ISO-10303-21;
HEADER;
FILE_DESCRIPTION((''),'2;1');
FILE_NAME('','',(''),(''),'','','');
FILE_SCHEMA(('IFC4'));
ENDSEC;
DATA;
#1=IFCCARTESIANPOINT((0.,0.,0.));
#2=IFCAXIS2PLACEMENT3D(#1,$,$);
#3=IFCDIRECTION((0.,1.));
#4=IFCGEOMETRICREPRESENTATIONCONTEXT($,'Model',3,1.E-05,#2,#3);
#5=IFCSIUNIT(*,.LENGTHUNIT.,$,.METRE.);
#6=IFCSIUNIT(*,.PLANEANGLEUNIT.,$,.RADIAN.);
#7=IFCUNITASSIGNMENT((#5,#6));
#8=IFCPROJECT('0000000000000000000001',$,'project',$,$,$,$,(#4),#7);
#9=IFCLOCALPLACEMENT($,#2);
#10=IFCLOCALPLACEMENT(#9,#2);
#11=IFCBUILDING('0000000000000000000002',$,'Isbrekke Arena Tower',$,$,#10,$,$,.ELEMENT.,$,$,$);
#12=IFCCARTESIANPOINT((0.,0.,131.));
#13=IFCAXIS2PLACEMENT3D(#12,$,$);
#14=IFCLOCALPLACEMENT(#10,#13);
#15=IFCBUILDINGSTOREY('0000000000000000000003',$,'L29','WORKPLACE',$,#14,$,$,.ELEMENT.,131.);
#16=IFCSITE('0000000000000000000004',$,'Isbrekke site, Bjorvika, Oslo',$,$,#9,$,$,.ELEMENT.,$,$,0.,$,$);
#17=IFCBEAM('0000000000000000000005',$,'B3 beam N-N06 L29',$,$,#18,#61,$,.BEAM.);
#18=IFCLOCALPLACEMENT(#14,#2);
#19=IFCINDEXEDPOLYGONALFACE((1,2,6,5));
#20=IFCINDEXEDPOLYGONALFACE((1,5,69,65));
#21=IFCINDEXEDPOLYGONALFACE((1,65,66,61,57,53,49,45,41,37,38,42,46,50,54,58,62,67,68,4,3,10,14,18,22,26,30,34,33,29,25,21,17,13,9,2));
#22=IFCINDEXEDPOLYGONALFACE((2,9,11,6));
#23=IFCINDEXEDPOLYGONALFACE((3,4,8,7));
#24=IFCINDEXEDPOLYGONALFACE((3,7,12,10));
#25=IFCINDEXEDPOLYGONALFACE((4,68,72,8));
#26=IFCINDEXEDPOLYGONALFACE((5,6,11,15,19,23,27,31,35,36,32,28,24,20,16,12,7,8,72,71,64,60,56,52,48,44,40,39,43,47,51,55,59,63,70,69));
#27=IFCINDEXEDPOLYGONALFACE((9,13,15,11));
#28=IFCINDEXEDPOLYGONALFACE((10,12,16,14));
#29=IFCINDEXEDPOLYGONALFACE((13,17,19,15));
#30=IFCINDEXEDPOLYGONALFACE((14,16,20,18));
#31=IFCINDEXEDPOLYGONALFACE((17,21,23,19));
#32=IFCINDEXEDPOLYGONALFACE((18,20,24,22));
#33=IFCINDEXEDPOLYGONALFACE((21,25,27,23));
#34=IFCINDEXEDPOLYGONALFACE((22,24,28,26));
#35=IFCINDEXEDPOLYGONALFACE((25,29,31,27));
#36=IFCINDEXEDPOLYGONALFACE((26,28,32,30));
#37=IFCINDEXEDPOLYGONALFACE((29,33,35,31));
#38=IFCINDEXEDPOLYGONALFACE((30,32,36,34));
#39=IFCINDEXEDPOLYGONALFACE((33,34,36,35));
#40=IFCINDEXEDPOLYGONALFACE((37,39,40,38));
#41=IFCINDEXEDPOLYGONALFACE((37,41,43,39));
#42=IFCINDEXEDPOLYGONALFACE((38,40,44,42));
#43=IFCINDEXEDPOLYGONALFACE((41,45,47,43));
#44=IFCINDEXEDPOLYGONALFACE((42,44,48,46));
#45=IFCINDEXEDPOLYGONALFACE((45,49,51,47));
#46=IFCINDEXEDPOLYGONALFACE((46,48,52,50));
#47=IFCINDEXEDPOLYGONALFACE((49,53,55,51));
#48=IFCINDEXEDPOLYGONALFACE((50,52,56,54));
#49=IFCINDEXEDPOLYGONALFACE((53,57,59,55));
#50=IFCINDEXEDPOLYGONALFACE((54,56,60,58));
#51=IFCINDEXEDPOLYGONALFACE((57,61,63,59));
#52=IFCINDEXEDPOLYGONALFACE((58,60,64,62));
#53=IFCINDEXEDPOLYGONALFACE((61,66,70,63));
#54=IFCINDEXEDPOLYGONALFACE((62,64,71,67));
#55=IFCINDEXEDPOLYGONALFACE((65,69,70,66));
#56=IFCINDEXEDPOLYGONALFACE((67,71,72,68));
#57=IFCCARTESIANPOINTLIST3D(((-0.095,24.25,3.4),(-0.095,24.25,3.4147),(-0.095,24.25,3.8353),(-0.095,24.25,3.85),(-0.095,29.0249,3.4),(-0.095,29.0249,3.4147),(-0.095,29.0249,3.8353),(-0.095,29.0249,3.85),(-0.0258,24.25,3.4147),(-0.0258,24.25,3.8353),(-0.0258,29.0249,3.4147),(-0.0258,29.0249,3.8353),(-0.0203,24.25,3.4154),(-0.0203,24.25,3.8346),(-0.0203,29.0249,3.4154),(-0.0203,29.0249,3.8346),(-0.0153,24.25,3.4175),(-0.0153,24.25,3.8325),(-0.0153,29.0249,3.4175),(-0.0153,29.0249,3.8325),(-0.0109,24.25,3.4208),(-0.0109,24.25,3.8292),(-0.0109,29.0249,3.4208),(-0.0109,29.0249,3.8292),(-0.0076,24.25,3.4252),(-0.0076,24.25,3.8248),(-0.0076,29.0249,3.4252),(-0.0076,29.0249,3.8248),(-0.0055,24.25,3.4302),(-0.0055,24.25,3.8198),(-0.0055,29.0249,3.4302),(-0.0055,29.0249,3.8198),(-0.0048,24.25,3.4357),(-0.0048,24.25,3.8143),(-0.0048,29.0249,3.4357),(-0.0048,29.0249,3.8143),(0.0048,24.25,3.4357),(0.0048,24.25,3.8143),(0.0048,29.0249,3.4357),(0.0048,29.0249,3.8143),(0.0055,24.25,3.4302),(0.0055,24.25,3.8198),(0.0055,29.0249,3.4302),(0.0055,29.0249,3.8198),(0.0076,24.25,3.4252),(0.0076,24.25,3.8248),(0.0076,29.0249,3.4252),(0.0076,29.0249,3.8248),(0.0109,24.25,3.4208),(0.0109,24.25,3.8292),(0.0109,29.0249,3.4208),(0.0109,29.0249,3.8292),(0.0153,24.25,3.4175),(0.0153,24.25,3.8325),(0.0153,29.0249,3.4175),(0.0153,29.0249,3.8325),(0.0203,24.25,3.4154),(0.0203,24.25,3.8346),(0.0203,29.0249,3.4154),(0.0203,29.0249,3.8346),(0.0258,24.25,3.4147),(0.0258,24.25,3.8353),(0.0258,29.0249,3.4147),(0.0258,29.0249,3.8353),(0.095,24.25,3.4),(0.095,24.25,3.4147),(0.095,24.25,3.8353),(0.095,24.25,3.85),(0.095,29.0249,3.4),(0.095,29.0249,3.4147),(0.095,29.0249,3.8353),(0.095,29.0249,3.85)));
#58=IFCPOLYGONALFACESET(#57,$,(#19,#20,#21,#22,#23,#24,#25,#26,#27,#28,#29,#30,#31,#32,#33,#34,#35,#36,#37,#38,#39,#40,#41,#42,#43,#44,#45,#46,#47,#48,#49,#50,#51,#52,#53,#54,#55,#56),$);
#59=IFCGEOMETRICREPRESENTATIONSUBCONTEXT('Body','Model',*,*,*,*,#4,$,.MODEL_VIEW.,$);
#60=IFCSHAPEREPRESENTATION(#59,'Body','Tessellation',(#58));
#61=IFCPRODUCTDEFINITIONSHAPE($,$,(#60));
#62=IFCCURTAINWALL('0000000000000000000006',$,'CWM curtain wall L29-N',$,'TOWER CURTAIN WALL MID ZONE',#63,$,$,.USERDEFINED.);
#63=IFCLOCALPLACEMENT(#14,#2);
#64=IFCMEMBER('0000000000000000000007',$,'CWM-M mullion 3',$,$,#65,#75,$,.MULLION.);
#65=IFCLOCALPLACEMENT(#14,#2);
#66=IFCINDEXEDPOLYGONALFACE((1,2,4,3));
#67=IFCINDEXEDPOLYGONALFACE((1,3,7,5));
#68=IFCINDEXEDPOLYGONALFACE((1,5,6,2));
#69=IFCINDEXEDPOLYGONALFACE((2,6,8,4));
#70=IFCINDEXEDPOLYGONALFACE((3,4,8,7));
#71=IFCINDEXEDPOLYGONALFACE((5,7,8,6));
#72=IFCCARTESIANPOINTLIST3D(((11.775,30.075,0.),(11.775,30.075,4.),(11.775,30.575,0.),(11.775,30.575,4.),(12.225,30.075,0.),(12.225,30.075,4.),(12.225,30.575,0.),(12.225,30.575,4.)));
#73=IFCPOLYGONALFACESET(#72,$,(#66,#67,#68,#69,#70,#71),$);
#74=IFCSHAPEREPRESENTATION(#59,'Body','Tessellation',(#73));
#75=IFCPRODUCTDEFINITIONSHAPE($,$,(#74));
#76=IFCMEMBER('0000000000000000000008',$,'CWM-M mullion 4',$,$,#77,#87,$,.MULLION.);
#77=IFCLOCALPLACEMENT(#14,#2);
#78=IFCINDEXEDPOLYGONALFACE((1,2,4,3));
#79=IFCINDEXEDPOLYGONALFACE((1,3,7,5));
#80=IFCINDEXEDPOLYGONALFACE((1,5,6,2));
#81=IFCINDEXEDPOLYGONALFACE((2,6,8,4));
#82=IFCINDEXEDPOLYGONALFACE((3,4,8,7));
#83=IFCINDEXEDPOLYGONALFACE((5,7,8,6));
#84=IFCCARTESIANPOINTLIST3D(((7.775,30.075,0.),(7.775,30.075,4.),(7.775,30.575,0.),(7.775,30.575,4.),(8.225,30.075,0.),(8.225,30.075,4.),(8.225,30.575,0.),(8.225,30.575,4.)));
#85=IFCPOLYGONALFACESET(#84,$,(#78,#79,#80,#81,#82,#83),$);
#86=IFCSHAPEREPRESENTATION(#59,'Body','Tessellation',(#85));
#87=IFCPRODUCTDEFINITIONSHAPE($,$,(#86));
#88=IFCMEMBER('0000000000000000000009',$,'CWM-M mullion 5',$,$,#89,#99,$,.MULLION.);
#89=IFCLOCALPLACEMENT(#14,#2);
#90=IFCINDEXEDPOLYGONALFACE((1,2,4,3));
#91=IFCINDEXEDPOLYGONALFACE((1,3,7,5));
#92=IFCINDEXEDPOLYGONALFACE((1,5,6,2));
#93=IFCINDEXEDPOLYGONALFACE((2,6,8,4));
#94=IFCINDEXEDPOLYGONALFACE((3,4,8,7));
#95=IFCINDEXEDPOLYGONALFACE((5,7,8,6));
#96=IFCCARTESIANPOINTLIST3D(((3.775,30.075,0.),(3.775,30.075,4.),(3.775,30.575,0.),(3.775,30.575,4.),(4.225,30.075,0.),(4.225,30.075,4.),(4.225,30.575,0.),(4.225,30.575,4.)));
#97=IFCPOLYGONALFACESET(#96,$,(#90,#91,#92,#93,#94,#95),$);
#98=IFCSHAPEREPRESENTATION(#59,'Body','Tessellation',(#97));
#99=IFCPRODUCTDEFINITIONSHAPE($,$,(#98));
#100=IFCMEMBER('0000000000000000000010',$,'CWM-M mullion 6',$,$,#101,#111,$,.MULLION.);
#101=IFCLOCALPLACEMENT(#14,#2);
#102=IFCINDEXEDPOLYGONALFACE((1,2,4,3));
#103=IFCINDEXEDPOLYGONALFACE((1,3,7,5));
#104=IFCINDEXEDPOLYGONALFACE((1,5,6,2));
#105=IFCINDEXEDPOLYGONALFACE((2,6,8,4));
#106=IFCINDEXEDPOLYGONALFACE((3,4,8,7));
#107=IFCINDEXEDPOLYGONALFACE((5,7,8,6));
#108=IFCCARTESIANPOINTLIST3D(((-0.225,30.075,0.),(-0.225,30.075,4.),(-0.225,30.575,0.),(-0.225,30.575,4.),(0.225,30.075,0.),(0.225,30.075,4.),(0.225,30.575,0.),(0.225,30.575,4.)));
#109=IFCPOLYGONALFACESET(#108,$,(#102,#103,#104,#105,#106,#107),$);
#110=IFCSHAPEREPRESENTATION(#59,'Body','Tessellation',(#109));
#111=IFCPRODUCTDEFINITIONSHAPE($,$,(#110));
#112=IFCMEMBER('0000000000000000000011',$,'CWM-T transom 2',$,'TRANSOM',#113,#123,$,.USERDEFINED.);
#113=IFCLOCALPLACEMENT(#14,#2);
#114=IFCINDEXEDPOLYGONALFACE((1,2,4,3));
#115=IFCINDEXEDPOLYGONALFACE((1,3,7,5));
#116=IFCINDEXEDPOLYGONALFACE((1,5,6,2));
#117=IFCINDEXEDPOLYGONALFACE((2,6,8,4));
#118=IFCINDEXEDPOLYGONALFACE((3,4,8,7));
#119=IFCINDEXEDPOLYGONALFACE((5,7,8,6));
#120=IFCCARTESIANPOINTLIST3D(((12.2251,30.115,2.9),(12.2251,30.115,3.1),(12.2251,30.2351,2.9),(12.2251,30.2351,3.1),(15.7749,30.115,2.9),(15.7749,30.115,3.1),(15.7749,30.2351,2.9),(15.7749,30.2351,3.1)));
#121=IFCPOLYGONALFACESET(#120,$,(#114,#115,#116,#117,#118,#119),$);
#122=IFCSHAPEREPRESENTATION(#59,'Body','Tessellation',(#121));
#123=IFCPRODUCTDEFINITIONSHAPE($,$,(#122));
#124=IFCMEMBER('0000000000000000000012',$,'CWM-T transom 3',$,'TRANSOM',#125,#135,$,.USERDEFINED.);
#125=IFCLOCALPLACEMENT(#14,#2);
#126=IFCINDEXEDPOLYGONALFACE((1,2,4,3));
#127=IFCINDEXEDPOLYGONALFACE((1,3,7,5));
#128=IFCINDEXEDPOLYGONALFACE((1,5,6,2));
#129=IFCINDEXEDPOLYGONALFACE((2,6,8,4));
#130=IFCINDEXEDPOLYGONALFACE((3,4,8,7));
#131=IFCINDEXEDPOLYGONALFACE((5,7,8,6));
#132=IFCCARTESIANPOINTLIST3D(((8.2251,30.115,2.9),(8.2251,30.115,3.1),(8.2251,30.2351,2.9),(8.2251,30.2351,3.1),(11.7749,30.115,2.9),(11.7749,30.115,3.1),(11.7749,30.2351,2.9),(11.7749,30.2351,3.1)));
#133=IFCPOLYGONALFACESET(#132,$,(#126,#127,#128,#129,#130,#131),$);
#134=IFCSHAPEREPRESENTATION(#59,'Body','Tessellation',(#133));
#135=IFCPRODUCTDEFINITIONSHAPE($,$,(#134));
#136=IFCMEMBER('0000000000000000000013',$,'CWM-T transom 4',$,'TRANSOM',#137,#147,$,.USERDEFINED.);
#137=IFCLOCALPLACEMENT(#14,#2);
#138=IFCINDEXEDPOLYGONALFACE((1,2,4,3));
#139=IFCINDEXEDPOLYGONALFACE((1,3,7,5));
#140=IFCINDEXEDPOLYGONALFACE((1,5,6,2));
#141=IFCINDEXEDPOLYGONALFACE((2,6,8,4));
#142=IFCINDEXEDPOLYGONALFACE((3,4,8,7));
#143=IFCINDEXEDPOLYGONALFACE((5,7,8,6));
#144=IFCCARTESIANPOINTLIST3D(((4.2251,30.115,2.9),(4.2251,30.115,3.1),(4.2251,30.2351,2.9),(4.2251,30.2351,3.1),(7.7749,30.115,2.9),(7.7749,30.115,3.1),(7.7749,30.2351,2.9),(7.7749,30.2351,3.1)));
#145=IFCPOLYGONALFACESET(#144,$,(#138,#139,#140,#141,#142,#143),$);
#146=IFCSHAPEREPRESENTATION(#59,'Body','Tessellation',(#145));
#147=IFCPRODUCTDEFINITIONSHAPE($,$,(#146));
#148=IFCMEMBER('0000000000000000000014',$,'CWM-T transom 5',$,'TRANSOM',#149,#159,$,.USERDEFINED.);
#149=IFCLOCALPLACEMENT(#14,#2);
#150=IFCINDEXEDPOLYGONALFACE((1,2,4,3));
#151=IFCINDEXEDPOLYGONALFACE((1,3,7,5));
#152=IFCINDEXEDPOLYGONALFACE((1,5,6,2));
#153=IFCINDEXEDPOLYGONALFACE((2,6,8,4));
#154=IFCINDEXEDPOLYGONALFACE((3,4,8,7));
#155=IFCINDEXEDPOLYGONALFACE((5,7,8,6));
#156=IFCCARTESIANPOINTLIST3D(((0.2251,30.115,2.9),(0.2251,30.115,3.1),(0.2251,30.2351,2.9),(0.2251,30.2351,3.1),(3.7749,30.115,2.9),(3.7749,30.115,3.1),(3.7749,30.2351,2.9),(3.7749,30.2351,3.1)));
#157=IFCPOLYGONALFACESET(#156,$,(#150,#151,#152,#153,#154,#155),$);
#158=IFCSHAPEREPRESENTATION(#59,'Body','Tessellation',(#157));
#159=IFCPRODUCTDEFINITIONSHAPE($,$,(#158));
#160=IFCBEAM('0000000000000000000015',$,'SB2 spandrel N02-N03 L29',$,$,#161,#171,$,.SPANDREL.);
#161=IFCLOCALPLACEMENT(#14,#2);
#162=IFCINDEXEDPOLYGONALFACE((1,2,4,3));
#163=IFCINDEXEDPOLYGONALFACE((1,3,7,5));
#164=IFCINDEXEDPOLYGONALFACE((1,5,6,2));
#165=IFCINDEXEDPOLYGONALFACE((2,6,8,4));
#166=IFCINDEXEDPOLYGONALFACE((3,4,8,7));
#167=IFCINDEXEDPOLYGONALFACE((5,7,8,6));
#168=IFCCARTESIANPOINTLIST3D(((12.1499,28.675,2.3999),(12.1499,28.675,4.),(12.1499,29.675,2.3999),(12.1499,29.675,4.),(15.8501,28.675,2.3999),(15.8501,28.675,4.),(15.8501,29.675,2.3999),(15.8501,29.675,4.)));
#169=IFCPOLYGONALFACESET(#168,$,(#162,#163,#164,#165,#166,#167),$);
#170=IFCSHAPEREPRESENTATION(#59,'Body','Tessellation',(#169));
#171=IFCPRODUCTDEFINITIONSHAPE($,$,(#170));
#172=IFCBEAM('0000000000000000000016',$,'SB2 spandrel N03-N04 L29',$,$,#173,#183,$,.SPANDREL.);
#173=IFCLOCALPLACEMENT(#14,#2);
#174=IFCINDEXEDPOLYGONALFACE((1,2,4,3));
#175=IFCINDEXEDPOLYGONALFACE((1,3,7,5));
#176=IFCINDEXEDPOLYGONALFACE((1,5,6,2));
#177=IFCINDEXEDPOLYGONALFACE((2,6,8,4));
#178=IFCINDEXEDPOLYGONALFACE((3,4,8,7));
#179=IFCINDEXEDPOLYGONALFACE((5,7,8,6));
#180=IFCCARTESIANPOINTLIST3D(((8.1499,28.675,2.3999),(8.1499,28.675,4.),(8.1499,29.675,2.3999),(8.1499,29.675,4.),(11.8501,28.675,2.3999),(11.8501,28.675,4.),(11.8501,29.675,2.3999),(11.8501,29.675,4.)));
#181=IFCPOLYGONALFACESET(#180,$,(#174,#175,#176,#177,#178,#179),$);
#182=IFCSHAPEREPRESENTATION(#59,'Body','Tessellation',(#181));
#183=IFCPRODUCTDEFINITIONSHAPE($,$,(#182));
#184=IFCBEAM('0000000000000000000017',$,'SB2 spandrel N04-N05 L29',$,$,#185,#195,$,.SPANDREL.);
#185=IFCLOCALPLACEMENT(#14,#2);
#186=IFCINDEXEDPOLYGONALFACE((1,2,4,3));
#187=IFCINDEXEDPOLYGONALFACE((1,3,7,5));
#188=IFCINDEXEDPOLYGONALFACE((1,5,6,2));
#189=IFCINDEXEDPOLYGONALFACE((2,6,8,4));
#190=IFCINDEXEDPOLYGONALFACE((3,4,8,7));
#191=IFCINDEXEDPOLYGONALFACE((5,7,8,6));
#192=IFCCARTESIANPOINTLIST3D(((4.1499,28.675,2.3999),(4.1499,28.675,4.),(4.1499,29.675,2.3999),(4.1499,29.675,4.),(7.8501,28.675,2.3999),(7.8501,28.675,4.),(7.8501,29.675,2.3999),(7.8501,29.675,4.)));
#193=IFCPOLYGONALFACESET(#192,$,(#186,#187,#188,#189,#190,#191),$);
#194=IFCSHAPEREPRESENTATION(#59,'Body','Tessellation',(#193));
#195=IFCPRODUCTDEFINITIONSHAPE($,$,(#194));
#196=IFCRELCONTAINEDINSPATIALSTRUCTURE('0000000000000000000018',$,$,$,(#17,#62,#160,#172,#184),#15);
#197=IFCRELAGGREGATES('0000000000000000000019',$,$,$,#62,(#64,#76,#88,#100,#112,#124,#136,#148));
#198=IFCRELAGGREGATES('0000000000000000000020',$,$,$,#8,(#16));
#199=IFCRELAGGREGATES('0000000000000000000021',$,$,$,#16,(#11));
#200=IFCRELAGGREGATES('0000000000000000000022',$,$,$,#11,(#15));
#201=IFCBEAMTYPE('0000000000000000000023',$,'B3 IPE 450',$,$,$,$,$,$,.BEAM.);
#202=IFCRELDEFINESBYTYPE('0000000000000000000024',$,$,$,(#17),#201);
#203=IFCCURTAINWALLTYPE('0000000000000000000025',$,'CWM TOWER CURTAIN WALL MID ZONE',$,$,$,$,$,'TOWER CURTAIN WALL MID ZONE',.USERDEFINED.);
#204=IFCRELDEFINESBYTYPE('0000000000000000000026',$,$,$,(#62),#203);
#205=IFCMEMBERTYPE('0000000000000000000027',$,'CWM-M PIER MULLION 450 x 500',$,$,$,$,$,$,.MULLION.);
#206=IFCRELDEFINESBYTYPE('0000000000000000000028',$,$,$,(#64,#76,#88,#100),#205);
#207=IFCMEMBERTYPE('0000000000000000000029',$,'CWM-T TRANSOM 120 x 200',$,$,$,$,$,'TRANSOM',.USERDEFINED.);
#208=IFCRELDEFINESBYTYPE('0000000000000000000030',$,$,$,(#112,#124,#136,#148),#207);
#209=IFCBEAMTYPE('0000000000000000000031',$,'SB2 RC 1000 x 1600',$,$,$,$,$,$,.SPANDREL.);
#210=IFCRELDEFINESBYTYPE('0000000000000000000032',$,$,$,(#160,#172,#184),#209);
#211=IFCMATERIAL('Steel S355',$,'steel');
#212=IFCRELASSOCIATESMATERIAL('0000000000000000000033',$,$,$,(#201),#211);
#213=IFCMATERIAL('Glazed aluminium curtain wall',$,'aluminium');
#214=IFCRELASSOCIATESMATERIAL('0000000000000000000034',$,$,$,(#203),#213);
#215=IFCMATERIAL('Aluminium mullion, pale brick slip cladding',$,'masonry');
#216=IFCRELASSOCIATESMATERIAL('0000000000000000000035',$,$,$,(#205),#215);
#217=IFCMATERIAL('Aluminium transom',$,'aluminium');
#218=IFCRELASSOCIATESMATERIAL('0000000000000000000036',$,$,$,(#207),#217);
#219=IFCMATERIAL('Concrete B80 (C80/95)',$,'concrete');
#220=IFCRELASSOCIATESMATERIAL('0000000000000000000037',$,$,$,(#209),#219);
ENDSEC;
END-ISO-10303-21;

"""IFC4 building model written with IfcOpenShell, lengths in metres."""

from ifc_helpers import new_model, si_unit, direction, frame, origin, origin_2d, place, context, subcontext, project, spatial, rectangle, i_section, extrude, material, material_profile, profile_set, type_object, element, aggregate, save


model = new_model("IFC4")

# Units and contexts
model_context = context("Model", 3, precision=1e-05, world=origin(), true_north=direction((0.0, 1.0)))
body_context = subcontext(model_context, "Body", "Model", "MODEL_VIEW")
ifc_project = project(units=[si_unit("LENGTHUNIT", "METRE"), si_unit("PLANEANGLEUNIT", "RADIAN")], contexts=[model_context])

# Site, building, storey
site_placement = place(None, origin())
site = spatial("IfcSite", under=ifc_project, at=site_placement, Name="Isbrekke site, Bjorvika, Oslo", CompositionType="ELEMENT", RefElevation=0.0)
building_placement = place(site_placement, origin())
building = spatial("IfcBuilding", under=site, at=building_placement, Name="Isbrekke Arena Tower", CompositionType="ELEMENT")
storey_placement = place(building_placement, frame((0.0, 0.0, 131.0)))
storey = spatial("IfcBuildingStorey", under=building, at=storey_placement, Name="L29", Description="WORKPLACE", CompositionType="ELEMENT", Elevation=131.0)

# Beam
ifc_material_1 = material(Name="Steel S355", Category="steel")
ifc_material_profile_1 = material_profile(ifc_material_1, i_section(OverallWidth=0.1899, OverallDepth=0.45, WebThickness=0.0095, FlangeThickness=0.0146, FilletRadius=0.021, at=origin_2d()), Name="IPE 450")
ifc_profile_set_1 = profile_set([ifc_material_profile_1], Name="Steel S355")
beam_type_1 = type_object("IfcBeamType", Name="B3 IPE 450", PredefinedType="BEAM", material=ifc_profile_set_1)
beam_1_placement = place(storey_placement, frame((0.0, 29.0249, 3.625), z_axis=(0.0, -1.0, 0.0), x_axis=(1.0, 0.0, 0.0)))
element("IfcBeam", 1, at=beam_1_placement, inside=storey, type_object=beam_type_1, Name="B3 beam N-N06 L29", PredefinedType="BEAM", context=body_context, shape_type="SweptSolid", body=[
    extrude(i_section(OverallWidth=0.1899, OverallDepth=0.45, WebThickness=0.0095, FlangeThickness=0.0146, FilletRadius=0.021, at=origin_2d()), origin(), (0.0, 0.0, 1.0), 4.7749),
])

# Curtain wall, members
ifc_material_2 = material(Name="Glazed aluminium curtain wall", Category="aluminium")
curtain_wall_type = type_object("IfcCurtainWallType", Name="CWM TOWER CURTAIN WALL MID ZONE", ElementType="TOWER CURTAIN WALL MID ZONE", PredefinedType="USERDEFINED", material=ifc_material_2)
curtain_wall_placement = place(storey_placement, origin())
curtain_wall = element("IfcCurtainWall", 2, at=curtain_wall_placement, inside=storey, type_object=curtain_wall_type, Name="CWM curtain wall L29-N", ObjectType="TOWER CURTAIN WALL MID ZONE", PredefinedType="USERDEFINED")
ifc_material_3 = material(Name="Aluminium mullion, pale brick slip cladding", Category="masonry")
ifc_material_profile_2 = material_profile(ifc_material_3, rectangle(XDim=0.45, YDim=0.5, at=origin_2d()), Name="PIER 450X500")
ifc_profile_set_2 = profile_set([ifc_material_profile_2], Name="Aluminium mullion, pale brick slip cladding")
member_type_1 = type_object("IfcMemberType", Name="CWM-M PIER MULLION 450 x 500", PredefinedType="MULLION", material=ifc_profile_set_2)
member_1_placement = place(storey_placement, frame((12.0, 30.325, 0.0), z_axis=(0.0, 0.0, 1.0), x_axis=(-1.0, 0.0, 0.0)))
member_1 = element("IfcMember", 3, at=member_1_placement, type_object=member_type_1, Name="CWM-M mullion 3", PredefinedType="MULLION", context=body_context, shape_type="SweptSolid", body=[
    extrude(rectangle(XDim=0.45, YDim=0.5, at=origin_2d()), origin(), (0.0, 0.0, 1.0), 4.0),
])
member_2_placement = place(storey_placement, frame((8.0, 30.325, 0.0), z_axis=(0.0, 0.0, 1.0), x_axis=(-1.0, 0.0, 0.0)))
member_2 = element("IfcMember", 4, at=member_2_placement, type_object=member_type_1, Name="CWM-M mullion 4", PredefinedType="MULLION", context=body_context, shape_type="SweptSolid", body=[
    extrude(rectangle(XDim=0.45, YDim=0.5, at=origin_2d()), origin(), (0.0, 0.0, 1.0), 4.0),
])
member_3_placement = place(storey_placement, frame((4.0, 30.325, 0.0), z_axis=(0.0, 0.0, 1.0), x_axis=(-1.0, 0.0, 0.0)))
member_3 = element("IfcMember", 5, at=member_3_placement, type_object=member_type_1, Name="CWM-M mullion 5", PredefinedType="MULLION", context=body_context, shape_type="SweptSolid", body=[
    extrude(rectangle(XDim=0.45, YDim=0.5, at=origin_2d()), origin(), (0.0, 0.0, 1.0), 4.0),
])
member_4_placement = place(storey_placement, frame((0.0, 30.325, 0.0), z_axis=(0.0, 0.0, 1.0), x_axis=(-1.0, 0.0, 0.0)))
member_4 = element("IfcMember", 6, at=member_4_placement, type_object=member_type_1, Name="CWM-M mullion 6", PredefinedType="MULLION", context=body_context, shape_type="SweptSolid", body=[
    extrude(rectangle(XDim=0.45, YDim=0.5, at=origin_2d()), origin(), (0.0, 0.0, 1.0), 4.0),
])
ifc_material_4 = material(Name="Aluminium transom", Category="aluminium")
ifc_material_profile_3 = material_profile(ifc_material_4, rectangle(XDim=0.1201, YDim=0.2, at=origin_2d()), Name="TRANSOM 120X200")
ifc_profile_set_3 = profile_set([ifc_material_profile_3], Name="Aluminium transom")
member_type_2 = type_object("IfcMemberType", Name="CWM-T TRANSOM 120 x 200", ElementType="TRANSOM", PredefinedType="USERDEFINED", material=ifc_profile_set_3)
member_5_placement = place(storey_placement, frame((15.7749, 30.175, 3.0), z_axis=(-1.0, 0.0, 0.0), x_axis=(0.0, -1.0, 0.0)))
member_5 = element("IfcMember", 7, at=member_5_placement, type_object=member_type_2, Name="CWM-T transom 2", ObjectType="TRANSOM", PredefinedType="USERDEFINED", context=body_context, shape_type="SweptSolid", body=[
    extrude(rectangle(XDim=0.1201, YDim=0.2, at=origin_2d()), origin(), (0.0, 0.0, 1.0), 3.5498),
])
member_6_placement = place(storey_placement, frame((11.7749, 30.175, 3.0), z_axis=(-1.0, 0.0, 0.0), x_axis=(0.0, -1.0, 0.0)))
member_6 = element("IfcMember", 8, at=member_6_placement, type_object=member_type_2, Name="CWM-T transom 3", ObjectType="TRANSOM", PredefinedType="USERDEFINED", context=body_context, shape_type="SweptSolid", body=[
    extrude(rectangle(XDim=0.1201, YDim=0.2, at=origin_2d()), origin(), (0.0, 0.0, 1.0), 3.5498),
])
member_7_placement = place(storey_placement, frame((7.7749, 30.175, 3.0), z_axis=(-1.0, 0.0, 0.0), x_axis=(0.0, -1.0, 0.0)))
member_7 = element("IfcMember", 9, at=member_7_placement, type_object=member_type_2, Name="CWM-T transom 4", ObjectType="TRANSOM", PredefinedType="USERDEFINED", context=body_context, shape_type="SweptSolid", body=[
    extrude(rectangle(XDim=0.1201, YDim=0.2, at=origin_2d()), origin(), (0.0, 0.0, 1.0), 3.5498),
])
member_8_placement = place(storey_placement, frame((3.7749, 30.175, 3.0), z_axis=(-1.0, 0.0, 0.0), x_axis=(0.0, -1.0, 0.0)))
member_8 = element("IfcMember", 10, at=member_8_placement, type_object=member_type_2, Name="CWM-T transom 5", ObjectType="TRANSOM", PredefinedType="USERDEFINED", context=body_context, shape_type="SweptSolid", body=[
    extrude(rectangle(XDim=0.1201, YDim=0.2, at=origin_2d()), origin(), (0.0, 0.0, 1.0), 3.5498),
])

# Beams
ifc_material_5 = material(Name="Concrete B80 (C80/95)", Category="concrete")
ifc_material_profile_4 = material_profile(ifc_material_5, rectangle(XDim=1.0, YDim=1.6001, at=origin_2d()), Name="RC 1000x1600")
ifc_profile_set_4 = profile_set([ifc_material_profile_4], Name="Concrete B80 (C80/95)")
beam_type_2 = type_object("IfcBeamType", Name="SB2 RC 1000 x 1600", PredefinedType="SPANDREL", material=ifc_profile_set_4)
for number, where, z_axis, x_axis, name in (
    (11, (15.8501, 29.175, 3.2), (-1.0, 0.0, 0.0), (0.0, -1.0, 0.0), "SB2 spandrel N02-N03 L29"),
    (12, (11.8501, 29.175, 3.2), (-1.0, 0.0, 0.0), (0.0, -1.0, 0.0), "SB2 spandrel N03-N04 L29"),
    (13, (7.8501, 29.175, 3.2), (-1.0, 0.0, 0.0), (0.0, -1.0, 0.0), "SB2 spandrel N04-N05 L29"),
):
    element("IfcBeam", number, at=place(storey_placement, frame(where, z_axis=z_axis, x_axis=x_axis)), inside=storey, type_object=beam_type_2, Name=name, PredefinedType="SPANDREL", context=body_context, shape_type="SweptSolid", body=[
        extrude(rectangle(XDim=1.0, YDim=1.6001, at=origin_2d()), origin(), (0.0, 0.0, 1.0), 3.7002),
    ])

aggregate(curtain_wall, [member_1, member_2, member_3, member_4, member_5, member_6, member_7, member_8])

save(model, "model.ifc")
